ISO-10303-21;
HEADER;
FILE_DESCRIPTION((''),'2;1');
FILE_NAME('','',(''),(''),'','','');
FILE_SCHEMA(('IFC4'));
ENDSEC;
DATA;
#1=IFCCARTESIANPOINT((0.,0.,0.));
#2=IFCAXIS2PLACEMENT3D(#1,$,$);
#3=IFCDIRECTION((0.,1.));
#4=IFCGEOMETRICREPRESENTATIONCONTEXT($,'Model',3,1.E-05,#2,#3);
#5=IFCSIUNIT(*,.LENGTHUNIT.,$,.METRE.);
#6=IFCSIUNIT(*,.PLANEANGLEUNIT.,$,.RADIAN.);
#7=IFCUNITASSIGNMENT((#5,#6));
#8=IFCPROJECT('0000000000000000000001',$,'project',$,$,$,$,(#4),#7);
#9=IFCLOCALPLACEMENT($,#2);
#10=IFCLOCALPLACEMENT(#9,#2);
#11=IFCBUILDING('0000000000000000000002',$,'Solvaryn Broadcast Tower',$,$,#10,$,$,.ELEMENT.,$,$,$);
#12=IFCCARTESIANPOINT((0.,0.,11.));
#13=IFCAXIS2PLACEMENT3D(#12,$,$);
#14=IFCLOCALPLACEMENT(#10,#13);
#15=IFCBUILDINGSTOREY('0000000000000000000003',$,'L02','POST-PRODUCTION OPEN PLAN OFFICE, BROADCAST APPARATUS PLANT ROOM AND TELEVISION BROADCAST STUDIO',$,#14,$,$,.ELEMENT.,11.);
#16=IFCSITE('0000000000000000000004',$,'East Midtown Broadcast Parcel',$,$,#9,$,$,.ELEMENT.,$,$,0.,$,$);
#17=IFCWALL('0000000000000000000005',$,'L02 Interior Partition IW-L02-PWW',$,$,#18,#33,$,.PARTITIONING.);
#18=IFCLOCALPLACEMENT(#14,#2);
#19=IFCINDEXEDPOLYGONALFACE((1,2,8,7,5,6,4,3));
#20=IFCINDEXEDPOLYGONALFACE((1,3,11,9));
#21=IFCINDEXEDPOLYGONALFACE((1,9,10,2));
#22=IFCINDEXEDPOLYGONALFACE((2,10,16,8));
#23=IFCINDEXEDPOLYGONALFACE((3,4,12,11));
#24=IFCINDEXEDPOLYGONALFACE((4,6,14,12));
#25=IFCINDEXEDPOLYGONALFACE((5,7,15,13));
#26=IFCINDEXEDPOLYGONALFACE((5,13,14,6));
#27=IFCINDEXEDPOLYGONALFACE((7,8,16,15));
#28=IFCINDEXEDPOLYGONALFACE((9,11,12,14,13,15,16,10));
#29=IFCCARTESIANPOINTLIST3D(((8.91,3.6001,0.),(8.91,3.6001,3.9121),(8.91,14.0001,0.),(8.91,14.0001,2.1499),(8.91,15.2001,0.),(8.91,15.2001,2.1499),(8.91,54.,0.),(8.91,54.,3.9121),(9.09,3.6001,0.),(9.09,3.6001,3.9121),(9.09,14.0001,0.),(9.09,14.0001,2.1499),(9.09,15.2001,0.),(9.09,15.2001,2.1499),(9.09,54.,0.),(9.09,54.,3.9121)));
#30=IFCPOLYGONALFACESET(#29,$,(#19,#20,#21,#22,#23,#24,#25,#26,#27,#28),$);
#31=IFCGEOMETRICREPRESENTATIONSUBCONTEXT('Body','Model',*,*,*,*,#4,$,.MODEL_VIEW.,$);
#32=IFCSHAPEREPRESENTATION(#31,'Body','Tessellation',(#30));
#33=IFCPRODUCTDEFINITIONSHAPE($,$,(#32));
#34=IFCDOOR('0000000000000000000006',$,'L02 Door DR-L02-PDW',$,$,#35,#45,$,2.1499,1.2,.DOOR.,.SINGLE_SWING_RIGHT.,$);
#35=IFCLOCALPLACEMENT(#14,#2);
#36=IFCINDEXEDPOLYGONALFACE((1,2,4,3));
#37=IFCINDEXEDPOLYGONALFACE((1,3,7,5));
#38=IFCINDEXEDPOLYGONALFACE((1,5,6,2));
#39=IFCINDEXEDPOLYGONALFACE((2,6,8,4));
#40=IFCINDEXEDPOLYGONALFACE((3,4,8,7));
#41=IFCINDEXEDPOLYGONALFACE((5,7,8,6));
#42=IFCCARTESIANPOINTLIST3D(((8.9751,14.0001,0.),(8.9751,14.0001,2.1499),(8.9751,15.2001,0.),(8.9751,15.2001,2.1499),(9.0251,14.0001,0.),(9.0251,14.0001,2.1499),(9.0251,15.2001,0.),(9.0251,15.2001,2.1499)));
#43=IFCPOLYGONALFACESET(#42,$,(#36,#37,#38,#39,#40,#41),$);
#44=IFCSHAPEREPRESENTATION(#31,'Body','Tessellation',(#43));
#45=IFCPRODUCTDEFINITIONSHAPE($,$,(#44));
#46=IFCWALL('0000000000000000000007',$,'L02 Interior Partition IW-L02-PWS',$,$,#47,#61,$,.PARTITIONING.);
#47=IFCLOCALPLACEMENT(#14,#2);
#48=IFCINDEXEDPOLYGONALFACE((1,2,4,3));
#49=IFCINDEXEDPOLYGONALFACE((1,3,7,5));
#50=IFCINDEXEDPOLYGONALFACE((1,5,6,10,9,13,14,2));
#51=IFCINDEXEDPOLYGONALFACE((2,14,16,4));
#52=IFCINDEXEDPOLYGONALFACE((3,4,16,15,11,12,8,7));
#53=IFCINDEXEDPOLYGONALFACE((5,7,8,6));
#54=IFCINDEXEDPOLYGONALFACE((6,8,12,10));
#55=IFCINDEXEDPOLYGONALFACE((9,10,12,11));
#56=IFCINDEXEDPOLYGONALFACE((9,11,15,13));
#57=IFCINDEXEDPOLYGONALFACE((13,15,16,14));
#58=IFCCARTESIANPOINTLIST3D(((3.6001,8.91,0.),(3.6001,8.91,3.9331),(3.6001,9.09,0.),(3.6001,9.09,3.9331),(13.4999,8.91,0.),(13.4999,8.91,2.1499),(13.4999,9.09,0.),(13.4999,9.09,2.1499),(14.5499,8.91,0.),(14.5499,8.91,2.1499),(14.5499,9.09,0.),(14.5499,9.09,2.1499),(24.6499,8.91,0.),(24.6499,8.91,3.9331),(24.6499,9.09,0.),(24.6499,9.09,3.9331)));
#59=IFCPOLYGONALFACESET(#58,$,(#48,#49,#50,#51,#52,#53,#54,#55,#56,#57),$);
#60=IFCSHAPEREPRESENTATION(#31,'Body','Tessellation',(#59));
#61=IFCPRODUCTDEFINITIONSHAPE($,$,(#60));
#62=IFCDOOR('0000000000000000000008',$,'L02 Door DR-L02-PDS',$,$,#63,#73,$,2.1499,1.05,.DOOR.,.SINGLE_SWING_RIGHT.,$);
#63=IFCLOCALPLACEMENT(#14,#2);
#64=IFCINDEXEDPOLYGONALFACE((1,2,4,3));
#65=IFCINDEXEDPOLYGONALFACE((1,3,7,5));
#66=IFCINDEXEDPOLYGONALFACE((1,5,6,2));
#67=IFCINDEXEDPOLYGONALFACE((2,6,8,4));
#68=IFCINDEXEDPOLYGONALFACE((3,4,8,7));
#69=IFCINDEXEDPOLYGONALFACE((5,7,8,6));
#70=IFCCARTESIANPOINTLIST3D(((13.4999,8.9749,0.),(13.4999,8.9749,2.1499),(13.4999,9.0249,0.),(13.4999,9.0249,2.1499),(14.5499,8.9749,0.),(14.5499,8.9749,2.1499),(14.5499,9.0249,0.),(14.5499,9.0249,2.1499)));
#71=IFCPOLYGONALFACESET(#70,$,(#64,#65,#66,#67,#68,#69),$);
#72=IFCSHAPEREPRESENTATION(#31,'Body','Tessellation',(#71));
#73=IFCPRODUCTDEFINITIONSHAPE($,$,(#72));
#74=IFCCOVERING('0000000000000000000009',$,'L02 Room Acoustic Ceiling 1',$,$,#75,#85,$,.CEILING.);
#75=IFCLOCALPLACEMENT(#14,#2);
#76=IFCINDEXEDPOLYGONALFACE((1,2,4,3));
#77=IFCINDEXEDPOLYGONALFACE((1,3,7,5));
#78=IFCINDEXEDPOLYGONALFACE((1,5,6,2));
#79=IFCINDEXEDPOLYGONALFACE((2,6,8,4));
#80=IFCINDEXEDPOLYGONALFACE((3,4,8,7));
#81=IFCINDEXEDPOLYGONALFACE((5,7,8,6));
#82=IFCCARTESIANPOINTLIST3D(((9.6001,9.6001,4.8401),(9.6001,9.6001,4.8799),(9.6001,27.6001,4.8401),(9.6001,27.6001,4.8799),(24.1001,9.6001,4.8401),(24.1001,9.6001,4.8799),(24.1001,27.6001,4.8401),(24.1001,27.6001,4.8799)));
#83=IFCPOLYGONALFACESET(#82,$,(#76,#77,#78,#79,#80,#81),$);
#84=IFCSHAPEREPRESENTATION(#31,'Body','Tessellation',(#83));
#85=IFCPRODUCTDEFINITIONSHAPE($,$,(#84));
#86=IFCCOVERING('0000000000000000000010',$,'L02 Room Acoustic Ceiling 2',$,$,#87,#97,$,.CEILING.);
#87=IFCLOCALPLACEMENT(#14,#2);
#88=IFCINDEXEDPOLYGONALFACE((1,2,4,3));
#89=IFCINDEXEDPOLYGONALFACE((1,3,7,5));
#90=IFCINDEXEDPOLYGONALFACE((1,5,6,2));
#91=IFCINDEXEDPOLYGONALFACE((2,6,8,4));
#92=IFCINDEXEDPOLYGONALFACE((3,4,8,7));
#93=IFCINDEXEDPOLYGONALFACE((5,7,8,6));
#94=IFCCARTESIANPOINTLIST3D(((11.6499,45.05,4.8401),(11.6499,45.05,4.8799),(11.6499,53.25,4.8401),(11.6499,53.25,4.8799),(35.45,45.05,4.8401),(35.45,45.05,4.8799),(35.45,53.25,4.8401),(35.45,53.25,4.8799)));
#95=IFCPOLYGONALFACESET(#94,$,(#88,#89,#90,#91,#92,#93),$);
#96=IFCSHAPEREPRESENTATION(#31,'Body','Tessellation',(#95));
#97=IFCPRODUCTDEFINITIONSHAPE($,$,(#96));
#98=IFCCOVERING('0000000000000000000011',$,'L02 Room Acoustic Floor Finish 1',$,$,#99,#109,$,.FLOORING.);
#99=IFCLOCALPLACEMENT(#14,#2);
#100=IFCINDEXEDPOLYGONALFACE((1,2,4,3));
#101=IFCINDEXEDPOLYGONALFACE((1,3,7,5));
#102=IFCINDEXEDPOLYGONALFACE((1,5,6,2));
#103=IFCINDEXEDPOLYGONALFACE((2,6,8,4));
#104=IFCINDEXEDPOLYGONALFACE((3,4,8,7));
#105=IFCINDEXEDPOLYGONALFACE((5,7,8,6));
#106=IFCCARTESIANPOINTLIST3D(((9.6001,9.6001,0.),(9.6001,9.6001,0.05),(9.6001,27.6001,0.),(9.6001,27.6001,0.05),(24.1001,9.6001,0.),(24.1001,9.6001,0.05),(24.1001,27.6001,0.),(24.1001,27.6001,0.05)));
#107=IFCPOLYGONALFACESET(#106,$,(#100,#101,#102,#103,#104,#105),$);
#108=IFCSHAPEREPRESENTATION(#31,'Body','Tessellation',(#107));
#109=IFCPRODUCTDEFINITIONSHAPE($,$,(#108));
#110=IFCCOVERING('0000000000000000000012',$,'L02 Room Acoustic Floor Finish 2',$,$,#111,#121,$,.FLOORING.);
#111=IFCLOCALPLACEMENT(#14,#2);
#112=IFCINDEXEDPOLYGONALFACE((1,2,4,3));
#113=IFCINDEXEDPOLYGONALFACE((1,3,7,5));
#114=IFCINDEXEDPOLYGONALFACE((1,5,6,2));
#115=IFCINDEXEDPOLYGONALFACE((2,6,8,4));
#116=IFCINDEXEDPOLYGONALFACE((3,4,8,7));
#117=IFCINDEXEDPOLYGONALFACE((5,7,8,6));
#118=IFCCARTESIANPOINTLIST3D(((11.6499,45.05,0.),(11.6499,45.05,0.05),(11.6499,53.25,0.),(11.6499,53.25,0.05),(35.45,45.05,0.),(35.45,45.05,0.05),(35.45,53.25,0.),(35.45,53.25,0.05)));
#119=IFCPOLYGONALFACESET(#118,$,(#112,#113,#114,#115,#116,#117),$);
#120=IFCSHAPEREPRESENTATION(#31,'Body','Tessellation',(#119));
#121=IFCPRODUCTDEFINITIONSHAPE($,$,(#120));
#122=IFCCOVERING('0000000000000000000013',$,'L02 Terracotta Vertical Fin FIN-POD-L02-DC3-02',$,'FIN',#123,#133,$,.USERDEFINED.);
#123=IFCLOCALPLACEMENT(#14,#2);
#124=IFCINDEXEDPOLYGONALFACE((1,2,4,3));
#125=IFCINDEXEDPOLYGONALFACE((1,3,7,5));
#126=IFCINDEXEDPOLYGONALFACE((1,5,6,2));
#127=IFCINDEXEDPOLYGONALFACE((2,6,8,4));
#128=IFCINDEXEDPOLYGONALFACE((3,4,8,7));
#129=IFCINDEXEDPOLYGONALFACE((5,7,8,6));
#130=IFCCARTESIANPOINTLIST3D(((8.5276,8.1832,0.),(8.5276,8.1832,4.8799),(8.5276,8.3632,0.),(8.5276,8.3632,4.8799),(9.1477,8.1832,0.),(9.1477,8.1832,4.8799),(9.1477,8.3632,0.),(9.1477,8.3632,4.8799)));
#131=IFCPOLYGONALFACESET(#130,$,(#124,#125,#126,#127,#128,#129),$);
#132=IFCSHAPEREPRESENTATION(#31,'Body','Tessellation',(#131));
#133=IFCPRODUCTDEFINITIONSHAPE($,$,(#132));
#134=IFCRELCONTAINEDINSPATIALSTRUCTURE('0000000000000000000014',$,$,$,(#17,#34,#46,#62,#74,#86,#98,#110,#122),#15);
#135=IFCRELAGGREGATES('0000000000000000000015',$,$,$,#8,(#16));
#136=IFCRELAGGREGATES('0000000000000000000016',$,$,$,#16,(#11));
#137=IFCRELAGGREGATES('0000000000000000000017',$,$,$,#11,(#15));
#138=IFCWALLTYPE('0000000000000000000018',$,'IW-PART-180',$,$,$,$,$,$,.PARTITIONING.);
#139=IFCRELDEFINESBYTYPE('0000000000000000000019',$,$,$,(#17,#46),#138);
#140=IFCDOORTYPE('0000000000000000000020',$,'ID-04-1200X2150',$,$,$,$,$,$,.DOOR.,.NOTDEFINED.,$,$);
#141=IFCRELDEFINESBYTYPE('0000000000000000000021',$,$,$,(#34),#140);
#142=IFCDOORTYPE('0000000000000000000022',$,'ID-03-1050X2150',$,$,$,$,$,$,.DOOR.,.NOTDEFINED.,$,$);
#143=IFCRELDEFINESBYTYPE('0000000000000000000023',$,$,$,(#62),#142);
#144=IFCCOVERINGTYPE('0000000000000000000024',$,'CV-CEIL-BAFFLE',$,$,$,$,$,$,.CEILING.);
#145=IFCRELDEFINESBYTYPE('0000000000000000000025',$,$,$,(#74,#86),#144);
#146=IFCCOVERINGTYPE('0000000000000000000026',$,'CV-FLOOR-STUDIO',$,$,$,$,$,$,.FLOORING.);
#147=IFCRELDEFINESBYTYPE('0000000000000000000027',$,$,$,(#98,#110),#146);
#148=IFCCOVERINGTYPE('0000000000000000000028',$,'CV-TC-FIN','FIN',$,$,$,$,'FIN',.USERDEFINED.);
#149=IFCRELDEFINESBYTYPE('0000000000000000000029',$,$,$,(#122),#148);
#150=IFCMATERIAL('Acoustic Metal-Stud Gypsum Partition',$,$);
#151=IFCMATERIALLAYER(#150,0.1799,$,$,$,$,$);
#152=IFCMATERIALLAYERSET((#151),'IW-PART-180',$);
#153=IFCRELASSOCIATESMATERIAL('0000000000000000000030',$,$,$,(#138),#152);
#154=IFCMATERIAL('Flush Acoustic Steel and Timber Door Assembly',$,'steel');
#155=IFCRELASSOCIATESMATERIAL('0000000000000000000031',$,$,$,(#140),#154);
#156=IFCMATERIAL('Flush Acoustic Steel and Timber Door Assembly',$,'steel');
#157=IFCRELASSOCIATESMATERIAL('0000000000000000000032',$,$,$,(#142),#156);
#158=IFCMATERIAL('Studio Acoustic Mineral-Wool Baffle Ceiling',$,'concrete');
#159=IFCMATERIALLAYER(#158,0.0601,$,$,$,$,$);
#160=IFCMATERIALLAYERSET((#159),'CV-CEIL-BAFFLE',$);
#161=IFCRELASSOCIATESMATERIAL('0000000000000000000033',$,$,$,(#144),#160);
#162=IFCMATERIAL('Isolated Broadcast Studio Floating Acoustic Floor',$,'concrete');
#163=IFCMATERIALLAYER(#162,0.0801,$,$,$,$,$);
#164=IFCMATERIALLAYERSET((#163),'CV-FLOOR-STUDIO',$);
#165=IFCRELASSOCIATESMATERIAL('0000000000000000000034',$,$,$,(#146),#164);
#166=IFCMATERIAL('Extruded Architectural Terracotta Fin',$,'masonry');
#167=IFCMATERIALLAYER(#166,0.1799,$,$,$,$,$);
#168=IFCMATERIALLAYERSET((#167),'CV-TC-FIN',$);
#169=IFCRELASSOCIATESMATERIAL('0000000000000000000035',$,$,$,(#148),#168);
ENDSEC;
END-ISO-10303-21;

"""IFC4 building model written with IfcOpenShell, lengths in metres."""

from ifc_helpers import new_model, si_unit, direction, frame, frame_2d, origin, origin_2d, place, context, subcontext, project, spatial, polyline, rectangle, outline, extrude, material, layer, layer_set, type_object, element, fill, save


model = new_model("IFC4")

# Units and contexts
model_context = context("Model", 3, precision=1e-05, world=origin(), true_north=direction((0.0, 1.0)))
body_context = subcontext(model_context, "Body", "Model", "MODEL_VIEW")
ifc_project = project(units=[si_unit("LENGTHUNIT", "METRE"), si_unit("PLANEANGLEUNIT", "RADIAN")], contexts=[model_context])

# Site, building, storey
site_placement = place(None, origin())
site = spatial("IfcSite", under=ifc_project, at=site_placement, Name="East Midtown Broadcast Parcel", CompositionType="ELEMENT", RefElevation=0.0)
building_placement = place(site_placement, origin())
building = spatial("IfcBuilding", under=site, at=building_placement, Name="Solvaryn Broadcast Tower", CompositionType="ELEMENT")
storey_placement = place(building_placement, frame((0.0, 0.0, 11.0)))
storey = spatial("IfcBuildingStorey", under=building, at=storey_placement, Name="L02", Description="POST-PRODUCTION OPEN PLAN OFFICE, BROADCAST APPARATUS PLANT ROOM AND TELEVISION BROADCAST STUDIO", CompositionType="ELEMENT", Elevation=11.0)

# Walls, openings, doors
ifc_material_1 = material(Name="Acoustic Metal-Stud Gypsum Partition")
ifc_layer_1 = layer(ifc_material_1, 0.1799)
ifc_layer_set_1 = layer_set([ifc_layer_1], Name="IW-PART-180")
wall_type = type_object("IfcWallType", Name="IW-PART-180", PredefinedType="PARTITIONING", material=ifc_layer_set_1)
wall_1_placement = place(storey_placement, frame((9.0, 3.6001, 0.0), z_axis=(0.0, 0.0, 1.0), x_axis=(0.0, 1.0, 0.0)))
wall_1 = element("IfcWall", 1, at=wall_1_placement, inside=storey, type_object=wall_type, Name="L02 Interior Partition IW-L02-PWW", PredefinedType="PARTITIONING", context=body_context, shape_type="SweptSolid", body=[
    extrude(rectangle(XDim=50.3999, YDim=0.1799, at=frame_2d((25.2, 0.0))), origin(), (0.0, 0.0, 1.0), 3.9121),
])
opening_1_placement = place(wall_1_placement, frame((10.3999, 0.0, 0.0)))
opening_1 = element("IfcOpeningElement", 2, at=opening_1_placement, cuts=wall_1, PredefinedType="OPENING", context=body_context, shape_type="SweptSolid", body=[
    extrude(rectangle(XDim=1.2, YDim=2.1499, at=frame_2d((0.6001, 1.075))), frame((0.0, 0.0999, 0.0), z_axis=(0.0, -1.0, 0.0), x_axis=(1.0, 0.0, 0.0)), (0.0, 0.0, 1.0), 0.2),
])
ifc_material_2 = material(Name="Flush Acoustic Steel and Timber Door Assembly", Category="steel")
door_type_1 = type_object("IfcDoorType", Name="ID-04-1200X2150", OperationType="NOTDEFINED", PredefinedType="DOOR", material=ifc_material_2)
door_1_placement = place(opening_1_placement, origin())
door_1 = element("IfcDoor", 3, at=door_1_placement, inside=storey, type_object=door_type_1, Name="L02 Door DR-L02-PDW", OperationType="SINGLE_SWING_RIGHT", OverallHeight=2.1499, OverallWidth=1.2, PredefinedType="DOOR", context=body_context, shape_type="SweptSolid", body=[
    extrude(rectangle(XDim=1.2, YDim=2.1499, at=frame_2d((0.6001, 1.075))), frame((0.0, 0.0249, 0.0), z_axis=(0.0, -1.0, 0.0), x_axis=(1.0, 0.0, 0.0)), (0.0, 0.0, 1.0), 0.05),
])
fill(opening_1, door_1)
wall_2_placement = place(storey_placement, frame((3.6001, 9.0, 0.0), z_axis=(0.0, 0.0, 1.0), x_axis=(1.0, 0.0, 0.0)))
wall_2 = element("IfcWall", 4, at=wall_2_placement, inside=storey, type_object=wall_type, Name="L02 Interior Partition IW-L02-PWS", PredefinedType="PARTITIONING", context=body_context, shape_type="SweptSolid", body=[
    extrude(rectangle(XDim=21.0498, YDim=0.1799, at=frame_2d((10.5249, 0.0))), origin(), (0.0, 0.0, 1.0), 3.9331),
])
opening_2_placement = place(wall_2_placement, frame((9.8999, 0.0, 0.0)))
opening_2 = element("IfcOpeningElement", 5, at=opening_2_placement, cuts=wall_2, PredefinedType="OPENING", context=body_context, shape_type="SweptSolid", body=[
    extrude(rectangle(XDim=1.05, YDim=2.1499, at=frame_2d((0.5249, 1.075))), frame((0.0, 0.0999, 0.0), z_axis=(0.0, -1.0, 0.0), x_axis=(1.0, 0.0, 0.0)), (0.0, 0.0, 1.0), 0.2),
])
ifc_material_3 = material(Name="Flush Acoustic Steel and Timber Door Assembly", Category="steel")
door_type_2 = type_object("IfcDoorType", Name="ID-03-1050X2150", OperationType="NOTDEFINED", PredefinedType="DOOR", material=ifc_material_3)
door_2_placement = place(opening_2_placement, origin())
door_2 = element("IfcDoor", 6, at=door_2_placement, inside=storey, type_object=door_type_2, Name="L02 Door DR-L02-PDS", OperationType="SINGLE_SWING_RIGHT", OverallHeight=2.1499, OverallWidth=1.05, PredefinedType="DOOR", context=body_context, shape_type="SweptSolid", body=[
    extrude(rectangle(XDim=1.05, YDim=2.1499, at=frame_2d((0.5249, 1.075))), frame((0.0, 0.0249, 0.0), z_axis=(0.0, -1.0, 0.0), x_axis=(1.0, 0.0, 0.0)), (0.0, 0.0, 1.0), 0.05),
])
fill(opening_2, door_2)

# Coverings
ifc_material_4 = material(Name="Studio Acoustic Mineral-Wool Baffle Ceiling", Category="concrete")
ifc_layer_2 = layer(ifc_material_4, 0.0601)
ifc_layer_set_2 = layer_set([ifc_layer_2], Name="CV-CEIL-BAFFLE")
covering_type_1 = type_object("IfcCoveringType", Name="CV-CEIL-BAFFLE", PredefinedType="CEILING", material=ifc_layer_set_2)
covering_1_placement = place(storey_placement, frame((0.0, 0.0, 4.8401)))
element("IfcCovering", 7, at=covering_1_placement, inside=storey, type_object=covering_type_1, Name="L02 Room Acoustic Ceiling 1", PredefinedType="CEILING", context=body_context, shape_type="SweptSolid", body=[
    extrude(outline(polyline([(9.6001, 9.6001), (24.1001, 9.6001), (24.1001, 27.6001), (9.6001, 27.6001), (9.6001, 9.6001)])), origin(), (0.0, 0.0, 1.0), 0.0398),
])
covering_2_placement = place(storey_placement, frame((0.0, 0.0, 4.8401)))
element("IfcCovering", 8, at=covering_2_placement, inside=storey, type_object=covering_type_1, Name="L02 Room Acoustic Ceiling 2", PredefinedType="CEILING", context=body_context, shape_type="SweptSolid", body=[
    extrude(outline(polyline([(11.6499, 45.05), (35.45, 45.05), (35.45, 53.25), (11.6499, 53.25), (11.6499, 45.05)])), origin(), (0.0, 0.0, 1.0), 0.0398),
])
ifc_material_5 = material(Name="Isolated Broadcast Studio Floating Acoustic Floor", Category="concrete")
ifc_layer_3 = layer(ifc_material_5, 0.0801)
ifc_layer_set_3 = layer_set([ifc_layer_3], Name="CV-FLOOR-STUDIO")
covering_type_2 = type_object("IfcCoveringType", Name="CV-FLOOR-STUDIO", PredefinedType="FLOORING", material=ifc_layer_set_3)
covering_3_placement = place(storey_placement, origin())
element("IfcCovering", 9, at=covering_3_placement, inside=storey, type_object=covering_type_2, Name="L02 Room Acoustic Floor Finish 1", PredefinedType="FLOORING", context=body_context, shape_type="SweptSolid", body=[
    extrude(outline(polyline([(9.6001, 9.6001), (24.1001, 9.6001), (24.1001, 27.6001), (9.6001, 27.6001), (9.6001, 9.6001)])), origin(), (0.0, 0.0, 1.0), 0.05),
])
covering_4_placement = place(storey_placement, origin())
element("IfcCovering", 10, at=covering_4_placement, inside=storey, type_object=covering_type_2, Name="L02 Room Acoustic Floor Finish 2", PredefinedType="FLOORING", context=body_context, shape_type="SweptSolid", body=[
    extrude(outline(polyline([(11.6499, 45.05), (35.45, 45.05), (35.45, 53.25), (11.6499, 53.25), (11.6499, 45.05)])), origin(), (0.0, 0.0, 1.0), 0.05),
])
ifc_material_6 = material(Name="Extruded Architectural Terracotta Fin", Category="masonry")
ifc_layer_4 = layer(ifc_material_6, 0.1799)
ifc_layer_set_4 = layer_set([ifc_layer_4], Name="CV-TC-FIN")
covering_type_3 = type_object("IfcCoveringType", Name="CV-TC-FIN", Description="FIN", ElementType="FIN", PredefinedType="USERDEFINED", material=ifc_layer_set_4)
covering_5_placement = place(storey_placement, frame((8.8376, 8.2732, 0.0), z_axis=(0.0, 0.0, 1.0), x_axis=(1.0, 0.0, 0.0)))
element("IfcCovering", 11, at=covering_5_placement, inside=storey, type_object=covering_type_3, Name="L02 Terracotta Vertical Fin FIN-POD-L02-DC3-02", ObjectType="FIN", PredefinedType="USERDEFINED", context=body_context, shape_type="SweptSolid", body=[
    extrude(rectangle(XDim=0.6201, YDim=0.1799, at=origin_2d()), origin(), (0.0, 0.0, 1.0), 4.8799),
])

save(model, "model.ifc")
